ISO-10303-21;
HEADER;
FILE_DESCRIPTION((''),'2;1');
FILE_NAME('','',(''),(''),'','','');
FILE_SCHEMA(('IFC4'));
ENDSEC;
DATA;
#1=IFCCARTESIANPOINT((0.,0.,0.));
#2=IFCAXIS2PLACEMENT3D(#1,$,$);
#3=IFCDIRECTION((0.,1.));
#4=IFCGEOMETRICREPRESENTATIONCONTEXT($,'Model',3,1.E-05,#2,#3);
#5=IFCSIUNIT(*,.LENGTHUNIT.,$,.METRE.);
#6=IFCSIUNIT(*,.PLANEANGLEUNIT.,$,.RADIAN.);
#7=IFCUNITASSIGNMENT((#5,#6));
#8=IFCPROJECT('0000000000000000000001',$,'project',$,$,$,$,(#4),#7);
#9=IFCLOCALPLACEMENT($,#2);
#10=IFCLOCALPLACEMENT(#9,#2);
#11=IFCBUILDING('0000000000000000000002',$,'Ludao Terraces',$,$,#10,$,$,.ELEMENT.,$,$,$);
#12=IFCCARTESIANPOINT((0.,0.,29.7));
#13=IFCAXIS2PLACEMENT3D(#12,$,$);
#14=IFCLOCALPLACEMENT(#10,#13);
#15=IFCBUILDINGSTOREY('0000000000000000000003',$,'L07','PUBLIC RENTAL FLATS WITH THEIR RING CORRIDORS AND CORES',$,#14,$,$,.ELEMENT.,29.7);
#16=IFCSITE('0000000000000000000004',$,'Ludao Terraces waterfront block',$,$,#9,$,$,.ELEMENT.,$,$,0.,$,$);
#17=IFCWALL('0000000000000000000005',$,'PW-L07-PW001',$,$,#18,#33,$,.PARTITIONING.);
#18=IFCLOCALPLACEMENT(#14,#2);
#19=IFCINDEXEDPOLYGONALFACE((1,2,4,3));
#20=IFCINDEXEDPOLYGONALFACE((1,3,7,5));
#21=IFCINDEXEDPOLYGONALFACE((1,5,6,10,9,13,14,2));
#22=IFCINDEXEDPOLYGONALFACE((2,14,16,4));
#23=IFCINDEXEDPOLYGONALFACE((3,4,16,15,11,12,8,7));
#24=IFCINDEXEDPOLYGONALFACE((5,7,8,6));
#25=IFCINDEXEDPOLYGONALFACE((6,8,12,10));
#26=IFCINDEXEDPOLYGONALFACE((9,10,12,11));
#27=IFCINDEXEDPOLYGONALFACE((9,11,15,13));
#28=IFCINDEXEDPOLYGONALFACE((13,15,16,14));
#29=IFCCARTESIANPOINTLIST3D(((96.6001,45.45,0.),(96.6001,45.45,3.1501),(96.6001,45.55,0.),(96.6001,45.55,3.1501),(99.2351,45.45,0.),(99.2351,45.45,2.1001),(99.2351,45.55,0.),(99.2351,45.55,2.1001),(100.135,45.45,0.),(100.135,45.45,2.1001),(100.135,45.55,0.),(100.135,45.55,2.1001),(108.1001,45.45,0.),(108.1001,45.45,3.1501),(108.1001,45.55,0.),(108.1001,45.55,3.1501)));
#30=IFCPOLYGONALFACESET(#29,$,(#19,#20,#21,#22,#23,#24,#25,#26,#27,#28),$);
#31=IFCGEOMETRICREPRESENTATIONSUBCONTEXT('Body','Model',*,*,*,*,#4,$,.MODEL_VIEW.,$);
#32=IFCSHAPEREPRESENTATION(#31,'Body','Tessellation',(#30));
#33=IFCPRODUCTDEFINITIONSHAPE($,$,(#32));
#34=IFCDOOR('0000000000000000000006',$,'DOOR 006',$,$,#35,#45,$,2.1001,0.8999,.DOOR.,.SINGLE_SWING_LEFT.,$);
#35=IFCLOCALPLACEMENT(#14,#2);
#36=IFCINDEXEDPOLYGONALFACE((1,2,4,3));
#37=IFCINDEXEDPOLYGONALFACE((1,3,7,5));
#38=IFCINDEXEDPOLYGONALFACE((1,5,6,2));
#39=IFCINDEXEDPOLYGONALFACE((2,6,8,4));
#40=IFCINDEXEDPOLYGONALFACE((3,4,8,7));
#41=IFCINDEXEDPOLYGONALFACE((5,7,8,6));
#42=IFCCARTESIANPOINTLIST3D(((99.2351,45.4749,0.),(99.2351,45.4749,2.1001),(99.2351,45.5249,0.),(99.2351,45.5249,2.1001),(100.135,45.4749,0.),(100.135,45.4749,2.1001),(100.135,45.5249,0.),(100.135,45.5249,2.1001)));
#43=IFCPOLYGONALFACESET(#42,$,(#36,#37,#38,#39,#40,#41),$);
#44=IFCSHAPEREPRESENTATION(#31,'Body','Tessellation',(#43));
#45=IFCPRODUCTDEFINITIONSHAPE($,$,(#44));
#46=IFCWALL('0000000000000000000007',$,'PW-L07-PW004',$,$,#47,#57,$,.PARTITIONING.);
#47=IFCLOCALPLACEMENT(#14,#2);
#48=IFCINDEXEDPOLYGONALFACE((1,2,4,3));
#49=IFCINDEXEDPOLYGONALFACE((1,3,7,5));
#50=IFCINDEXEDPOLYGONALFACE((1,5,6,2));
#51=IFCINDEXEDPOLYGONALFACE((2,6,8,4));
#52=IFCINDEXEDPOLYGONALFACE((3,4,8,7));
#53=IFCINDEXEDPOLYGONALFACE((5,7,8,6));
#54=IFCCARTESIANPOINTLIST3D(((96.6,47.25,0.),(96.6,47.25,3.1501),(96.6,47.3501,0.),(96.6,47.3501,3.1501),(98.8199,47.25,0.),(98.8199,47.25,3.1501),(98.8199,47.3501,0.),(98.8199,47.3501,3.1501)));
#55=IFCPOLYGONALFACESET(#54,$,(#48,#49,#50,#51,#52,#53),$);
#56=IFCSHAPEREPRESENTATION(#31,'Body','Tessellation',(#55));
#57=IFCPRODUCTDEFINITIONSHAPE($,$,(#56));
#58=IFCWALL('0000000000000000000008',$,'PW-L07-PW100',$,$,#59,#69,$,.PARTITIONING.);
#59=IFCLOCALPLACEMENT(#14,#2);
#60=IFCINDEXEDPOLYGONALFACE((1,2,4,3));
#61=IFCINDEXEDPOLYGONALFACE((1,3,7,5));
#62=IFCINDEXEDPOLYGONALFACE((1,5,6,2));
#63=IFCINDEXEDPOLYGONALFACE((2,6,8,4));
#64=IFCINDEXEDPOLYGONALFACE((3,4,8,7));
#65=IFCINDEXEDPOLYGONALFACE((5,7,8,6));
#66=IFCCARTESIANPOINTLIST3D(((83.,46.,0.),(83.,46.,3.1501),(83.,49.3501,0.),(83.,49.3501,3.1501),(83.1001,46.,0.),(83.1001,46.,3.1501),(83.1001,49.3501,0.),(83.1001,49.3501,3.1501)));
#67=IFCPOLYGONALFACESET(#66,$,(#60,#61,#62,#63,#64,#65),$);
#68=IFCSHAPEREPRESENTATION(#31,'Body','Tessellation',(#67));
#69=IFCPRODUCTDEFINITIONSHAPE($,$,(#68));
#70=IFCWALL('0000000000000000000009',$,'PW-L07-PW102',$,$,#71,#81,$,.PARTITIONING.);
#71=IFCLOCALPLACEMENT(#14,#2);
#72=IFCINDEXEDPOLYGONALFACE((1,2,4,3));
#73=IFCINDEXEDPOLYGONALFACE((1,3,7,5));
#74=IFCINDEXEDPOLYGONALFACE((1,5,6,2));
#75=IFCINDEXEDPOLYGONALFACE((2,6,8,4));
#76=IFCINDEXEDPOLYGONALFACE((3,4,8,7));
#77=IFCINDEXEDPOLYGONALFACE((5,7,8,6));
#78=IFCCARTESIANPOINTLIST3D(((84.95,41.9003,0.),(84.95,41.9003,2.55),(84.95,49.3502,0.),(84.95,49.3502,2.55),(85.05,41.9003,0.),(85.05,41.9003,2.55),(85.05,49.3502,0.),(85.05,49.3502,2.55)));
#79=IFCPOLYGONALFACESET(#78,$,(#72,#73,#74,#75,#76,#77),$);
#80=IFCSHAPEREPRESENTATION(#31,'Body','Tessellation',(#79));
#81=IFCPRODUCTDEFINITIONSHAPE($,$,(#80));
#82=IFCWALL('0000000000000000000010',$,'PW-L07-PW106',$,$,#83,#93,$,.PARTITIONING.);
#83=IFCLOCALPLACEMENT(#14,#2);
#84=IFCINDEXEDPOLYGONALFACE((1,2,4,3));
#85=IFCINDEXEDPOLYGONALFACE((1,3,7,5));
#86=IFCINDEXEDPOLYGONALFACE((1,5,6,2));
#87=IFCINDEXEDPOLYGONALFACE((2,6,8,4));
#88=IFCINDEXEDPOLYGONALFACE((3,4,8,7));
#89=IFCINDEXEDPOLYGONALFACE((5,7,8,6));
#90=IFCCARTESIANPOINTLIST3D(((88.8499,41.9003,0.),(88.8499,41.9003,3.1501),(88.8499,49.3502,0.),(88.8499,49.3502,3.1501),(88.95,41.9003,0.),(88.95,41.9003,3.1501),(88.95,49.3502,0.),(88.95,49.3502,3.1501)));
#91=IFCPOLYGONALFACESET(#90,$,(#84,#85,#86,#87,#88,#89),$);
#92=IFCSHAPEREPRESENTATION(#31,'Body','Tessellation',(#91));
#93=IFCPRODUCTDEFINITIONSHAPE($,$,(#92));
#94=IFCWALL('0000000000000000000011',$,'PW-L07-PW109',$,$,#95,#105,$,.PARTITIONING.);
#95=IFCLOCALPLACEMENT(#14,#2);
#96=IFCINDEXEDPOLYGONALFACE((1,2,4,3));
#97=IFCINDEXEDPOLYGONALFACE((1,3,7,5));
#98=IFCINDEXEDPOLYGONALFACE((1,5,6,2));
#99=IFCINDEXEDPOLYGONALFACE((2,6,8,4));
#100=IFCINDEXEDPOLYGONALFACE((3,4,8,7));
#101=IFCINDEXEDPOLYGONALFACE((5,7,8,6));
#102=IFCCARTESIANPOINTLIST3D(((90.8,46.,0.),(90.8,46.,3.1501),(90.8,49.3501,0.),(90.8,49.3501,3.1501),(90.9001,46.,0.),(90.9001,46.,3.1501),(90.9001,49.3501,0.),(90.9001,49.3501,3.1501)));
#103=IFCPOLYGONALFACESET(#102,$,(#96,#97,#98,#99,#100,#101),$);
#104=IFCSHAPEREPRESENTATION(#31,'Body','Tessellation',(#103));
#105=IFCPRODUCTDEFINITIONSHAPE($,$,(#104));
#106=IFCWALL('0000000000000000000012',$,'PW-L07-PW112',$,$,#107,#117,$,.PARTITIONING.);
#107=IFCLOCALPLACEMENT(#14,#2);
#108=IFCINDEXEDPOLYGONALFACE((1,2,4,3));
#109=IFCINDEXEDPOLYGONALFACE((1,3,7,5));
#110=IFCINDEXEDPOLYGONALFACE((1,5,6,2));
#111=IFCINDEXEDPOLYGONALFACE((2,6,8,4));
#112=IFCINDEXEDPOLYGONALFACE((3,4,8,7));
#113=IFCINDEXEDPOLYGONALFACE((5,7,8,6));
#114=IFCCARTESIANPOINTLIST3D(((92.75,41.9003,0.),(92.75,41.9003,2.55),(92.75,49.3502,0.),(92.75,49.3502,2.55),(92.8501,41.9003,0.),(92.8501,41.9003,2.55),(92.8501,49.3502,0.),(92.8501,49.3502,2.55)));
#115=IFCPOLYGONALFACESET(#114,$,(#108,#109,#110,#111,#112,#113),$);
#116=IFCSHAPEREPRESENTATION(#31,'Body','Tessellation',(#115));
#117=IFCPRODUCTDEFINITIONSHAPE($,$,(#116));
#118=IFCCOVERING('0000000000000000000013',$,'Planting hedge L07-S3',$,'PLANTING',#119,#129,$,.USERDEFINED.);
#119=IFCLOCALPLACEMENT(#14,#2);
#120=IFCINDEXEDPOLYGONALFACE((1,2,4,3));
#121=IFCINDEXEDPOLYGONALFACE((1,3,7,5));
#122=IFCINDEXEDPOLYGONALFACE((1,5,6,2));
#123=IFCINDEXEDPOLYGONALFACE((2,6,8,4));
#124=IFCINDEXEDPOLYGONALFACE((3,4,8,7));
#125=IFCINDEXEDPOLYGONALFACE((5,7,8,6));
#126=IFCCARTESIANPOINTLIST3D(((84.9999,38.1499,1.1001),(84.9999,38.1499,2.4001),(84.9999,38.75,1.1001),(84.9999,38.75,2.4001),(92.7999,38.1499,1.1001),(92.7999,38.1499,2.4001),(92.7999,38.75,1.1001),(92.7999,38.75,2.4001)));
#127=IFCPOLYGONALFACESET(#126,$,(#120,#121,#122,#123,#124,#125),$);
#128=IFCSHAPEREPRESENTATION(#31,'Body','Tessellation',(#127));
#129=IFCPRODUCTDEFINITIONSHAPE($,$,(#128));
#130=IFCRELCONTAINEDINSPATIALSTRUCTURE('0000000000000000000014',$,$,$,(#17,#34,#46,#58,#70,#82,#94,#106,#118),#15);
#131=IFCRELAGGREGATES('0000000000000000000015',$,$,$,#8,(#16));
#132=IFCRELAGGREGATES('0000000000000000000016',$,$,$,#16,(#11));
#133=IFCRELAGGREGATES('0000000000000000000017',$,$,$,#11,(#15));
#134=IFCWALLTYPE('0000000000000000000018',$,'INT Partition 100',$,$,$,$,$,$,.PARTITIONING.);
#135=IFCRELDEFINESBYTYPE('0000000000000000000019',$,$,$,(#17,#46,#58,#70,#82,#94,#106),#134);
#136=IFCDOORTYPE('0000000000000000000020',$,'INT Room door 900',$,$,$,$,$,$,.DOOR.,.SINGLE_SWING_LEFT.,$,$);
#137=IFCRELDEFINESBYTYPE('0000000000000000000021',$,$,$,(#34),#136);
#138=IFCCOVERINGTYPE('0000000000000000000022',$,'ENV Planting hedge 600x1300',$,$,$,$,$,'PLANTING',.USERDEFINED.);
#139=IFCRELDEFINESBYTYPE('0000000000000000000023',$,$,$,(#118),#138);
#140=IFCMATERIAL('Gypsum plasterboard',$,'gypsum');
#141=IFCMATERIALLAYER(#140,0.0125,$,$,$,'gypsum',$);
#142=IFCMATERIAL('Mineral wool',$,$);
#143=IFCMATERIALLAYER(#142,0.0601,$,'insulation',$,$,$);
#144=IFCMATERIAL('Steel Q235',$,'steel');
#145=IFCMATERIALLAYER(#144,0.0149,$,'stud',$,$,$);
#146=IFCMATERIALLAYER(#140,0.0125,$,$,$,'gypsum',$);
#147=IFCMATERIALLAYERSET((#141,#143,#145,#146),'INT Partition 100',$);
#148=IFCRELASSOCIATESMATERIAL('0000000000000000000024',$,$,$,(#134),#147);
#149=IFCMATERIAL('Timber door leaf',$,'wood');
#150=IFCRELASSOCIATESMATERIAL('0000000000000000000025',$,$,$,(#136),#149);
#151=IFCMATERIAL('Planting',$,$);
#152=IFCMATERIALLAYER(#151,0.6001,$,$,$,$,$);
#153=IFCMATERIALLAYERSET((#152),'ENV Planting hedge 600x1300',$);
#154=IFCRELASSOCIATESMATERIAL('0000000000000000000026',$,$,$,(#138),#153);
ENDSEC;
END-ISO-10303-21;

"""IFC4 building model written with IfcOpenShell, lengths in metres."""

from ifc_helpers import new_model, si_unit, direction, frame, frame_2d, origin, origin_2d, place, context, subcontext, project, spatial, rectangle, extrude, material, layer, layer_set, type_object, element, fill, save


model = new_model("IFC4")

# Units and contexts
model_context = context("Model", 3, precision=1e-05, world=origin(), true_north=direction((0.0, 1.0)))
body_context = subcontext(model_context, "Body", "Model", "MODEL_VIEW")
ifc_project = project(units=[si_unit("LENGTHUNIT", "METRE"), si_unit("PLANEANGLEUNIT", "RADIAN")], contexts=[model_context])

# Site, building, storey
site_placement = place(None, origin())
site = spatial("IfcSite", under=ifc_project, at=site_placement, Name="Ludao Terraces waterfront block", CompositionType="ELEMENT", RefElevation=0.0)
building_placement = place(site_placement, origin())
building = spatial("IfcBuilding", under=site, at=building_placement, Name="Ludao Terraces", CompositionType="ELEMENT")
storey_placement = place(building_placement, frame((0.0, 0.0, 29.7)))
storey = spatial("IfcBuildingStorey", under=building, at=storey_placement, Name="L07", Description="PUBLIC RENTAL FLATS WITH THEIR RING CORRIDORS AND CORES", CompositionType="ELEMENT", Elevation=29.7)

# Shared definitions
ifc_material_1 = material(Name="Mineral wool")

# Wall, opening, door
ifc_material_2 = material(Name="Gypsum plasterboard", Category="gypsum")
ifc_layer_1 = layer(ifc_material_2, 0.0125, Category="gypsum")
ifc_layer_2 = layer(ifc_material_1, 0.0601, Name="insulation")
ifc_material_3 = material(Name="Steel Q235", Category="steel")
ifc_layer_3 = layer(ifc_material_3, 0.0149, Name="stud")
ifc_layer_4 = layer(ifc_material_2, 0.0125, Category="gypsum")
ifc_layer_set_1 = layer_set([ifc_layer_1, ifc_layer_2, ifc_layer_3, ifc_layer_4], Name="INT Partition 100")
wall_type_1 = type_object("IfcWallType", Name="INT Partition 100", PredefinedType="PARTITIONING", material=ifc_layer_set_1)
wall_1_placement = place(storey_placement, frame((96.6001, 45.5, 0.0), z_axis=(0.0, 0.0, 1.0), x_axis=(1.0, 0.0, 0.0)))
wall_1 = element("IfcWall", 1, at=wall_1_placement, inside=storey, type_object=wall_type_1, Name="PW-L07-PW001", PredefinedType="PARTITIONING", context=body_context, shape_type="SweptSolid", body=[
    extrude(rectangle(XDim=11.5, YDim=0.1001, at=frame_2d((5.75, 0.0))), origin(), (0.0, 0.0, 1.0), 3.1501),
])
opening_1_placement = place(wall_1_placement, frame((2.635, 0.0, 0.0)))
opening_1 = element("IfcOpeningElement", 2, at=opening_1_placement, cuts=wall_1, PredefinedType="OPENING", context=body_context, shape_type="SweptSolid", body=[
    extrude(rectangle(XDim=0.8999, YDim=2.1001, at=frame_2d((0.45, 1.05))), frame((0.0, 0.0601, 0.0), z_axis=(0.0, -1.0, 0.0), x_axis=(1.0, 0.0, 0.0)), (0.0, 0.0, 1.0), 0.1201),
])
ifc_material_4 = material(Name="Timber door leaf", Category="wood")
door_type_1 = type_object("IfcDoorType", Name="INT Room door 900", OperationType="SINGLE_SWING_LEFT", PredefinedType="DOOR", material=ifc_material_4)
door_1_placement = place(opening_1_placement, origin())
door_1 = element("IfcDoor", 3, at=door_1_placement, inside=storey, type_object=door_type_1, Name="DOOR 006", OperationType="SINGLE_SWING_LEFT", OverallHeight=2.1001, OverallWidth=0.8999, PredefinedType="DOOR", context=body_context, shape_type="SweptSolid", body=[
    extrude(rectangle(XDim=0.8999, YDim=2.1001, at=frame_2d((0.45, 1.05))), frame((0.0, 0.0249, 0.0), z_axis=(0.0, -1.0, 0.0), x_axis=(1.0, 0.0, 0.0)), (0.0, 0.0, 1.0), 0.05),
])
fill(opening_1, door_1)

# Walls
wall_2_placement = place(storey_placement, frame((96.6001, 47.3, 0.0), z_axis=(0.0, 0.0, 1.0), x_axis=(1.0, 0.0, 0.0)))
element("IfcWall", 4, at=wall_2_placement, inside=storey, type_object=wall_type_1, Name="PW-L07-PW004", PredefinedType="PARTITIONING", context=body_context, shape_type="SweptSolid", body=[
    extrude(rectangle(XDim=2.22, YDim=0.1001, at=frame_2d((1.1099, 0.0))), origin(), (0.0, 0.0, 1.0), 3.1501),
])
wall_3_placement = place(storey_placement, frame((83.05, 46.0, 0.0), z_axis=(0.0, 0.0, 1.0), x_axis=(0.0, 1.0, 0.0)))
element("IfcWall", 5, at=wall_3_placement, inside=storey, type_object=wall_type_1, Name="PW-L07-PW100", PredefinedType="PARTITIONING", context=body_context, shape_type="SweptSolid", body=[
    extrude(rectangle(XDim=3.3501, YDim=0.1001, at=frame_2d((1.675, 0.0))), origin(), (0.0, 0.0, 1.0), 3.1501),
])
wall_4_placement = place(storey_placement, frame((85.0, 41.9001, 0.0), z_axis=(0.0, 0.0, 1.0), x_axis=(0.0, 1.0, 0.0)))
element("IfcWall", 6, at=wall_4_placement, inside=storey, type_object=wall_type_1, Name="PW-L07-PW102", PredefinedType="PARTITIONING", context=body_context, shape_type="SweptSolid", body=[
    extrude(rectangle(XDim=7.45, YDim=0.1001, at=frame_2d((3.7251, 0.0))), origin(), (0.0, 0.0, 1.0), 2.55),
])
wall_5_placement = place(storey_placement, frame((88.8999, 41.9001, 0.0), z_axis=(0.0, 0.0, 1.0), x_axis=(0.0, 1.0, 0.0)))
element("IfcWall", 7, at=wall_5_placement, inside=storey, type_object=wall_type_1, Name="PW-L07-PW106", PredefinedType="PARTITIONING", context=body_context, shape_type="SweptSolid", body=[
    extrude(rectangle(XDim=7.45, YDim=0.1001, at=frame_2d((3.7251, 0.0))), origin(), (0.0, 0.0, 1.0), 3.1501),
])
wall_6_placement = place(storey_placement, frame((90.8501, 46.0, 0.0), z_axis=(0.0, 0.0, 1.0), x_axis=(0.0, 1.0, 0.0)))
element("IfcWall", 8, at=wall_6_placement, inside=storey, type_object=wall_type_1, Name="PW-L07-PW109", PredefinedType="PARTITIONING", context=body_context, shape_type="SweptSolid", body=[
    extrude(rectangle(XDim=3.3501, YDim=0.1001, at=frame_2d((1.675, 0.0))), origin(), (0.0, 0.0, 1.0), 3.1501),
])
wall_7_placement = place(storey_placement, frame((92.8, 41.9001, 0.0), z_axis=(0.0, 0.0, 1.0), x_axis=(0.0, 1.0, 0.0)))
element("IfcWall", 9, at=wall_7_placement, inside=storey, type_object=wall_type_1, Name="PW-L07-PW112", PredefinedType="PARTITIONING", context=body_context, shape_type="SweptSolid", body=[
    extrude(rectangle(XDim=7.45, YDim=0.1001, at=frame_2d((3.7251, 0.0))), origin(), (0.0, 0.0, 1.0), 2.55),
])

# Covering
ifc_material_5 = material(Name="Planting")
ifc_layer_5 = layer(ifc_material_5, 0.6001)
ifc_layer_set_2 = layer_set([ifc_layer_5], Name="ENV Planting hedge 600x1300")
covering_type = type_object("IfcCoveringType", Name="ENV Planting hedge 600x1300", ElementType="PLANTING", PredefinedType="USERDEFINED", material=ifc_layer_set_2)
covering_placement = place(storey_placement, frame((88.8999, 38.45, 1.1001), z_axis=(0.0, 0.0, 1.0), x_axis=(1.0, 0.0, 0.0)))
element("IfcCovering", 10, at=covering_placement, inside=storey, type_object=covering_type, Name="Planting hedge L07-S3", ObjectType="PLANTING", PredefinedType="USERDEFINED", context=body_context, shape_type="SweptSolid", body=[
    extrude(rectangle(XDim=7.8, YDim=0.6001, at=origin_2d()), origin(), (0.0, 0.0, 1.0), 1.3),
])

save(model, "model.ifc")
